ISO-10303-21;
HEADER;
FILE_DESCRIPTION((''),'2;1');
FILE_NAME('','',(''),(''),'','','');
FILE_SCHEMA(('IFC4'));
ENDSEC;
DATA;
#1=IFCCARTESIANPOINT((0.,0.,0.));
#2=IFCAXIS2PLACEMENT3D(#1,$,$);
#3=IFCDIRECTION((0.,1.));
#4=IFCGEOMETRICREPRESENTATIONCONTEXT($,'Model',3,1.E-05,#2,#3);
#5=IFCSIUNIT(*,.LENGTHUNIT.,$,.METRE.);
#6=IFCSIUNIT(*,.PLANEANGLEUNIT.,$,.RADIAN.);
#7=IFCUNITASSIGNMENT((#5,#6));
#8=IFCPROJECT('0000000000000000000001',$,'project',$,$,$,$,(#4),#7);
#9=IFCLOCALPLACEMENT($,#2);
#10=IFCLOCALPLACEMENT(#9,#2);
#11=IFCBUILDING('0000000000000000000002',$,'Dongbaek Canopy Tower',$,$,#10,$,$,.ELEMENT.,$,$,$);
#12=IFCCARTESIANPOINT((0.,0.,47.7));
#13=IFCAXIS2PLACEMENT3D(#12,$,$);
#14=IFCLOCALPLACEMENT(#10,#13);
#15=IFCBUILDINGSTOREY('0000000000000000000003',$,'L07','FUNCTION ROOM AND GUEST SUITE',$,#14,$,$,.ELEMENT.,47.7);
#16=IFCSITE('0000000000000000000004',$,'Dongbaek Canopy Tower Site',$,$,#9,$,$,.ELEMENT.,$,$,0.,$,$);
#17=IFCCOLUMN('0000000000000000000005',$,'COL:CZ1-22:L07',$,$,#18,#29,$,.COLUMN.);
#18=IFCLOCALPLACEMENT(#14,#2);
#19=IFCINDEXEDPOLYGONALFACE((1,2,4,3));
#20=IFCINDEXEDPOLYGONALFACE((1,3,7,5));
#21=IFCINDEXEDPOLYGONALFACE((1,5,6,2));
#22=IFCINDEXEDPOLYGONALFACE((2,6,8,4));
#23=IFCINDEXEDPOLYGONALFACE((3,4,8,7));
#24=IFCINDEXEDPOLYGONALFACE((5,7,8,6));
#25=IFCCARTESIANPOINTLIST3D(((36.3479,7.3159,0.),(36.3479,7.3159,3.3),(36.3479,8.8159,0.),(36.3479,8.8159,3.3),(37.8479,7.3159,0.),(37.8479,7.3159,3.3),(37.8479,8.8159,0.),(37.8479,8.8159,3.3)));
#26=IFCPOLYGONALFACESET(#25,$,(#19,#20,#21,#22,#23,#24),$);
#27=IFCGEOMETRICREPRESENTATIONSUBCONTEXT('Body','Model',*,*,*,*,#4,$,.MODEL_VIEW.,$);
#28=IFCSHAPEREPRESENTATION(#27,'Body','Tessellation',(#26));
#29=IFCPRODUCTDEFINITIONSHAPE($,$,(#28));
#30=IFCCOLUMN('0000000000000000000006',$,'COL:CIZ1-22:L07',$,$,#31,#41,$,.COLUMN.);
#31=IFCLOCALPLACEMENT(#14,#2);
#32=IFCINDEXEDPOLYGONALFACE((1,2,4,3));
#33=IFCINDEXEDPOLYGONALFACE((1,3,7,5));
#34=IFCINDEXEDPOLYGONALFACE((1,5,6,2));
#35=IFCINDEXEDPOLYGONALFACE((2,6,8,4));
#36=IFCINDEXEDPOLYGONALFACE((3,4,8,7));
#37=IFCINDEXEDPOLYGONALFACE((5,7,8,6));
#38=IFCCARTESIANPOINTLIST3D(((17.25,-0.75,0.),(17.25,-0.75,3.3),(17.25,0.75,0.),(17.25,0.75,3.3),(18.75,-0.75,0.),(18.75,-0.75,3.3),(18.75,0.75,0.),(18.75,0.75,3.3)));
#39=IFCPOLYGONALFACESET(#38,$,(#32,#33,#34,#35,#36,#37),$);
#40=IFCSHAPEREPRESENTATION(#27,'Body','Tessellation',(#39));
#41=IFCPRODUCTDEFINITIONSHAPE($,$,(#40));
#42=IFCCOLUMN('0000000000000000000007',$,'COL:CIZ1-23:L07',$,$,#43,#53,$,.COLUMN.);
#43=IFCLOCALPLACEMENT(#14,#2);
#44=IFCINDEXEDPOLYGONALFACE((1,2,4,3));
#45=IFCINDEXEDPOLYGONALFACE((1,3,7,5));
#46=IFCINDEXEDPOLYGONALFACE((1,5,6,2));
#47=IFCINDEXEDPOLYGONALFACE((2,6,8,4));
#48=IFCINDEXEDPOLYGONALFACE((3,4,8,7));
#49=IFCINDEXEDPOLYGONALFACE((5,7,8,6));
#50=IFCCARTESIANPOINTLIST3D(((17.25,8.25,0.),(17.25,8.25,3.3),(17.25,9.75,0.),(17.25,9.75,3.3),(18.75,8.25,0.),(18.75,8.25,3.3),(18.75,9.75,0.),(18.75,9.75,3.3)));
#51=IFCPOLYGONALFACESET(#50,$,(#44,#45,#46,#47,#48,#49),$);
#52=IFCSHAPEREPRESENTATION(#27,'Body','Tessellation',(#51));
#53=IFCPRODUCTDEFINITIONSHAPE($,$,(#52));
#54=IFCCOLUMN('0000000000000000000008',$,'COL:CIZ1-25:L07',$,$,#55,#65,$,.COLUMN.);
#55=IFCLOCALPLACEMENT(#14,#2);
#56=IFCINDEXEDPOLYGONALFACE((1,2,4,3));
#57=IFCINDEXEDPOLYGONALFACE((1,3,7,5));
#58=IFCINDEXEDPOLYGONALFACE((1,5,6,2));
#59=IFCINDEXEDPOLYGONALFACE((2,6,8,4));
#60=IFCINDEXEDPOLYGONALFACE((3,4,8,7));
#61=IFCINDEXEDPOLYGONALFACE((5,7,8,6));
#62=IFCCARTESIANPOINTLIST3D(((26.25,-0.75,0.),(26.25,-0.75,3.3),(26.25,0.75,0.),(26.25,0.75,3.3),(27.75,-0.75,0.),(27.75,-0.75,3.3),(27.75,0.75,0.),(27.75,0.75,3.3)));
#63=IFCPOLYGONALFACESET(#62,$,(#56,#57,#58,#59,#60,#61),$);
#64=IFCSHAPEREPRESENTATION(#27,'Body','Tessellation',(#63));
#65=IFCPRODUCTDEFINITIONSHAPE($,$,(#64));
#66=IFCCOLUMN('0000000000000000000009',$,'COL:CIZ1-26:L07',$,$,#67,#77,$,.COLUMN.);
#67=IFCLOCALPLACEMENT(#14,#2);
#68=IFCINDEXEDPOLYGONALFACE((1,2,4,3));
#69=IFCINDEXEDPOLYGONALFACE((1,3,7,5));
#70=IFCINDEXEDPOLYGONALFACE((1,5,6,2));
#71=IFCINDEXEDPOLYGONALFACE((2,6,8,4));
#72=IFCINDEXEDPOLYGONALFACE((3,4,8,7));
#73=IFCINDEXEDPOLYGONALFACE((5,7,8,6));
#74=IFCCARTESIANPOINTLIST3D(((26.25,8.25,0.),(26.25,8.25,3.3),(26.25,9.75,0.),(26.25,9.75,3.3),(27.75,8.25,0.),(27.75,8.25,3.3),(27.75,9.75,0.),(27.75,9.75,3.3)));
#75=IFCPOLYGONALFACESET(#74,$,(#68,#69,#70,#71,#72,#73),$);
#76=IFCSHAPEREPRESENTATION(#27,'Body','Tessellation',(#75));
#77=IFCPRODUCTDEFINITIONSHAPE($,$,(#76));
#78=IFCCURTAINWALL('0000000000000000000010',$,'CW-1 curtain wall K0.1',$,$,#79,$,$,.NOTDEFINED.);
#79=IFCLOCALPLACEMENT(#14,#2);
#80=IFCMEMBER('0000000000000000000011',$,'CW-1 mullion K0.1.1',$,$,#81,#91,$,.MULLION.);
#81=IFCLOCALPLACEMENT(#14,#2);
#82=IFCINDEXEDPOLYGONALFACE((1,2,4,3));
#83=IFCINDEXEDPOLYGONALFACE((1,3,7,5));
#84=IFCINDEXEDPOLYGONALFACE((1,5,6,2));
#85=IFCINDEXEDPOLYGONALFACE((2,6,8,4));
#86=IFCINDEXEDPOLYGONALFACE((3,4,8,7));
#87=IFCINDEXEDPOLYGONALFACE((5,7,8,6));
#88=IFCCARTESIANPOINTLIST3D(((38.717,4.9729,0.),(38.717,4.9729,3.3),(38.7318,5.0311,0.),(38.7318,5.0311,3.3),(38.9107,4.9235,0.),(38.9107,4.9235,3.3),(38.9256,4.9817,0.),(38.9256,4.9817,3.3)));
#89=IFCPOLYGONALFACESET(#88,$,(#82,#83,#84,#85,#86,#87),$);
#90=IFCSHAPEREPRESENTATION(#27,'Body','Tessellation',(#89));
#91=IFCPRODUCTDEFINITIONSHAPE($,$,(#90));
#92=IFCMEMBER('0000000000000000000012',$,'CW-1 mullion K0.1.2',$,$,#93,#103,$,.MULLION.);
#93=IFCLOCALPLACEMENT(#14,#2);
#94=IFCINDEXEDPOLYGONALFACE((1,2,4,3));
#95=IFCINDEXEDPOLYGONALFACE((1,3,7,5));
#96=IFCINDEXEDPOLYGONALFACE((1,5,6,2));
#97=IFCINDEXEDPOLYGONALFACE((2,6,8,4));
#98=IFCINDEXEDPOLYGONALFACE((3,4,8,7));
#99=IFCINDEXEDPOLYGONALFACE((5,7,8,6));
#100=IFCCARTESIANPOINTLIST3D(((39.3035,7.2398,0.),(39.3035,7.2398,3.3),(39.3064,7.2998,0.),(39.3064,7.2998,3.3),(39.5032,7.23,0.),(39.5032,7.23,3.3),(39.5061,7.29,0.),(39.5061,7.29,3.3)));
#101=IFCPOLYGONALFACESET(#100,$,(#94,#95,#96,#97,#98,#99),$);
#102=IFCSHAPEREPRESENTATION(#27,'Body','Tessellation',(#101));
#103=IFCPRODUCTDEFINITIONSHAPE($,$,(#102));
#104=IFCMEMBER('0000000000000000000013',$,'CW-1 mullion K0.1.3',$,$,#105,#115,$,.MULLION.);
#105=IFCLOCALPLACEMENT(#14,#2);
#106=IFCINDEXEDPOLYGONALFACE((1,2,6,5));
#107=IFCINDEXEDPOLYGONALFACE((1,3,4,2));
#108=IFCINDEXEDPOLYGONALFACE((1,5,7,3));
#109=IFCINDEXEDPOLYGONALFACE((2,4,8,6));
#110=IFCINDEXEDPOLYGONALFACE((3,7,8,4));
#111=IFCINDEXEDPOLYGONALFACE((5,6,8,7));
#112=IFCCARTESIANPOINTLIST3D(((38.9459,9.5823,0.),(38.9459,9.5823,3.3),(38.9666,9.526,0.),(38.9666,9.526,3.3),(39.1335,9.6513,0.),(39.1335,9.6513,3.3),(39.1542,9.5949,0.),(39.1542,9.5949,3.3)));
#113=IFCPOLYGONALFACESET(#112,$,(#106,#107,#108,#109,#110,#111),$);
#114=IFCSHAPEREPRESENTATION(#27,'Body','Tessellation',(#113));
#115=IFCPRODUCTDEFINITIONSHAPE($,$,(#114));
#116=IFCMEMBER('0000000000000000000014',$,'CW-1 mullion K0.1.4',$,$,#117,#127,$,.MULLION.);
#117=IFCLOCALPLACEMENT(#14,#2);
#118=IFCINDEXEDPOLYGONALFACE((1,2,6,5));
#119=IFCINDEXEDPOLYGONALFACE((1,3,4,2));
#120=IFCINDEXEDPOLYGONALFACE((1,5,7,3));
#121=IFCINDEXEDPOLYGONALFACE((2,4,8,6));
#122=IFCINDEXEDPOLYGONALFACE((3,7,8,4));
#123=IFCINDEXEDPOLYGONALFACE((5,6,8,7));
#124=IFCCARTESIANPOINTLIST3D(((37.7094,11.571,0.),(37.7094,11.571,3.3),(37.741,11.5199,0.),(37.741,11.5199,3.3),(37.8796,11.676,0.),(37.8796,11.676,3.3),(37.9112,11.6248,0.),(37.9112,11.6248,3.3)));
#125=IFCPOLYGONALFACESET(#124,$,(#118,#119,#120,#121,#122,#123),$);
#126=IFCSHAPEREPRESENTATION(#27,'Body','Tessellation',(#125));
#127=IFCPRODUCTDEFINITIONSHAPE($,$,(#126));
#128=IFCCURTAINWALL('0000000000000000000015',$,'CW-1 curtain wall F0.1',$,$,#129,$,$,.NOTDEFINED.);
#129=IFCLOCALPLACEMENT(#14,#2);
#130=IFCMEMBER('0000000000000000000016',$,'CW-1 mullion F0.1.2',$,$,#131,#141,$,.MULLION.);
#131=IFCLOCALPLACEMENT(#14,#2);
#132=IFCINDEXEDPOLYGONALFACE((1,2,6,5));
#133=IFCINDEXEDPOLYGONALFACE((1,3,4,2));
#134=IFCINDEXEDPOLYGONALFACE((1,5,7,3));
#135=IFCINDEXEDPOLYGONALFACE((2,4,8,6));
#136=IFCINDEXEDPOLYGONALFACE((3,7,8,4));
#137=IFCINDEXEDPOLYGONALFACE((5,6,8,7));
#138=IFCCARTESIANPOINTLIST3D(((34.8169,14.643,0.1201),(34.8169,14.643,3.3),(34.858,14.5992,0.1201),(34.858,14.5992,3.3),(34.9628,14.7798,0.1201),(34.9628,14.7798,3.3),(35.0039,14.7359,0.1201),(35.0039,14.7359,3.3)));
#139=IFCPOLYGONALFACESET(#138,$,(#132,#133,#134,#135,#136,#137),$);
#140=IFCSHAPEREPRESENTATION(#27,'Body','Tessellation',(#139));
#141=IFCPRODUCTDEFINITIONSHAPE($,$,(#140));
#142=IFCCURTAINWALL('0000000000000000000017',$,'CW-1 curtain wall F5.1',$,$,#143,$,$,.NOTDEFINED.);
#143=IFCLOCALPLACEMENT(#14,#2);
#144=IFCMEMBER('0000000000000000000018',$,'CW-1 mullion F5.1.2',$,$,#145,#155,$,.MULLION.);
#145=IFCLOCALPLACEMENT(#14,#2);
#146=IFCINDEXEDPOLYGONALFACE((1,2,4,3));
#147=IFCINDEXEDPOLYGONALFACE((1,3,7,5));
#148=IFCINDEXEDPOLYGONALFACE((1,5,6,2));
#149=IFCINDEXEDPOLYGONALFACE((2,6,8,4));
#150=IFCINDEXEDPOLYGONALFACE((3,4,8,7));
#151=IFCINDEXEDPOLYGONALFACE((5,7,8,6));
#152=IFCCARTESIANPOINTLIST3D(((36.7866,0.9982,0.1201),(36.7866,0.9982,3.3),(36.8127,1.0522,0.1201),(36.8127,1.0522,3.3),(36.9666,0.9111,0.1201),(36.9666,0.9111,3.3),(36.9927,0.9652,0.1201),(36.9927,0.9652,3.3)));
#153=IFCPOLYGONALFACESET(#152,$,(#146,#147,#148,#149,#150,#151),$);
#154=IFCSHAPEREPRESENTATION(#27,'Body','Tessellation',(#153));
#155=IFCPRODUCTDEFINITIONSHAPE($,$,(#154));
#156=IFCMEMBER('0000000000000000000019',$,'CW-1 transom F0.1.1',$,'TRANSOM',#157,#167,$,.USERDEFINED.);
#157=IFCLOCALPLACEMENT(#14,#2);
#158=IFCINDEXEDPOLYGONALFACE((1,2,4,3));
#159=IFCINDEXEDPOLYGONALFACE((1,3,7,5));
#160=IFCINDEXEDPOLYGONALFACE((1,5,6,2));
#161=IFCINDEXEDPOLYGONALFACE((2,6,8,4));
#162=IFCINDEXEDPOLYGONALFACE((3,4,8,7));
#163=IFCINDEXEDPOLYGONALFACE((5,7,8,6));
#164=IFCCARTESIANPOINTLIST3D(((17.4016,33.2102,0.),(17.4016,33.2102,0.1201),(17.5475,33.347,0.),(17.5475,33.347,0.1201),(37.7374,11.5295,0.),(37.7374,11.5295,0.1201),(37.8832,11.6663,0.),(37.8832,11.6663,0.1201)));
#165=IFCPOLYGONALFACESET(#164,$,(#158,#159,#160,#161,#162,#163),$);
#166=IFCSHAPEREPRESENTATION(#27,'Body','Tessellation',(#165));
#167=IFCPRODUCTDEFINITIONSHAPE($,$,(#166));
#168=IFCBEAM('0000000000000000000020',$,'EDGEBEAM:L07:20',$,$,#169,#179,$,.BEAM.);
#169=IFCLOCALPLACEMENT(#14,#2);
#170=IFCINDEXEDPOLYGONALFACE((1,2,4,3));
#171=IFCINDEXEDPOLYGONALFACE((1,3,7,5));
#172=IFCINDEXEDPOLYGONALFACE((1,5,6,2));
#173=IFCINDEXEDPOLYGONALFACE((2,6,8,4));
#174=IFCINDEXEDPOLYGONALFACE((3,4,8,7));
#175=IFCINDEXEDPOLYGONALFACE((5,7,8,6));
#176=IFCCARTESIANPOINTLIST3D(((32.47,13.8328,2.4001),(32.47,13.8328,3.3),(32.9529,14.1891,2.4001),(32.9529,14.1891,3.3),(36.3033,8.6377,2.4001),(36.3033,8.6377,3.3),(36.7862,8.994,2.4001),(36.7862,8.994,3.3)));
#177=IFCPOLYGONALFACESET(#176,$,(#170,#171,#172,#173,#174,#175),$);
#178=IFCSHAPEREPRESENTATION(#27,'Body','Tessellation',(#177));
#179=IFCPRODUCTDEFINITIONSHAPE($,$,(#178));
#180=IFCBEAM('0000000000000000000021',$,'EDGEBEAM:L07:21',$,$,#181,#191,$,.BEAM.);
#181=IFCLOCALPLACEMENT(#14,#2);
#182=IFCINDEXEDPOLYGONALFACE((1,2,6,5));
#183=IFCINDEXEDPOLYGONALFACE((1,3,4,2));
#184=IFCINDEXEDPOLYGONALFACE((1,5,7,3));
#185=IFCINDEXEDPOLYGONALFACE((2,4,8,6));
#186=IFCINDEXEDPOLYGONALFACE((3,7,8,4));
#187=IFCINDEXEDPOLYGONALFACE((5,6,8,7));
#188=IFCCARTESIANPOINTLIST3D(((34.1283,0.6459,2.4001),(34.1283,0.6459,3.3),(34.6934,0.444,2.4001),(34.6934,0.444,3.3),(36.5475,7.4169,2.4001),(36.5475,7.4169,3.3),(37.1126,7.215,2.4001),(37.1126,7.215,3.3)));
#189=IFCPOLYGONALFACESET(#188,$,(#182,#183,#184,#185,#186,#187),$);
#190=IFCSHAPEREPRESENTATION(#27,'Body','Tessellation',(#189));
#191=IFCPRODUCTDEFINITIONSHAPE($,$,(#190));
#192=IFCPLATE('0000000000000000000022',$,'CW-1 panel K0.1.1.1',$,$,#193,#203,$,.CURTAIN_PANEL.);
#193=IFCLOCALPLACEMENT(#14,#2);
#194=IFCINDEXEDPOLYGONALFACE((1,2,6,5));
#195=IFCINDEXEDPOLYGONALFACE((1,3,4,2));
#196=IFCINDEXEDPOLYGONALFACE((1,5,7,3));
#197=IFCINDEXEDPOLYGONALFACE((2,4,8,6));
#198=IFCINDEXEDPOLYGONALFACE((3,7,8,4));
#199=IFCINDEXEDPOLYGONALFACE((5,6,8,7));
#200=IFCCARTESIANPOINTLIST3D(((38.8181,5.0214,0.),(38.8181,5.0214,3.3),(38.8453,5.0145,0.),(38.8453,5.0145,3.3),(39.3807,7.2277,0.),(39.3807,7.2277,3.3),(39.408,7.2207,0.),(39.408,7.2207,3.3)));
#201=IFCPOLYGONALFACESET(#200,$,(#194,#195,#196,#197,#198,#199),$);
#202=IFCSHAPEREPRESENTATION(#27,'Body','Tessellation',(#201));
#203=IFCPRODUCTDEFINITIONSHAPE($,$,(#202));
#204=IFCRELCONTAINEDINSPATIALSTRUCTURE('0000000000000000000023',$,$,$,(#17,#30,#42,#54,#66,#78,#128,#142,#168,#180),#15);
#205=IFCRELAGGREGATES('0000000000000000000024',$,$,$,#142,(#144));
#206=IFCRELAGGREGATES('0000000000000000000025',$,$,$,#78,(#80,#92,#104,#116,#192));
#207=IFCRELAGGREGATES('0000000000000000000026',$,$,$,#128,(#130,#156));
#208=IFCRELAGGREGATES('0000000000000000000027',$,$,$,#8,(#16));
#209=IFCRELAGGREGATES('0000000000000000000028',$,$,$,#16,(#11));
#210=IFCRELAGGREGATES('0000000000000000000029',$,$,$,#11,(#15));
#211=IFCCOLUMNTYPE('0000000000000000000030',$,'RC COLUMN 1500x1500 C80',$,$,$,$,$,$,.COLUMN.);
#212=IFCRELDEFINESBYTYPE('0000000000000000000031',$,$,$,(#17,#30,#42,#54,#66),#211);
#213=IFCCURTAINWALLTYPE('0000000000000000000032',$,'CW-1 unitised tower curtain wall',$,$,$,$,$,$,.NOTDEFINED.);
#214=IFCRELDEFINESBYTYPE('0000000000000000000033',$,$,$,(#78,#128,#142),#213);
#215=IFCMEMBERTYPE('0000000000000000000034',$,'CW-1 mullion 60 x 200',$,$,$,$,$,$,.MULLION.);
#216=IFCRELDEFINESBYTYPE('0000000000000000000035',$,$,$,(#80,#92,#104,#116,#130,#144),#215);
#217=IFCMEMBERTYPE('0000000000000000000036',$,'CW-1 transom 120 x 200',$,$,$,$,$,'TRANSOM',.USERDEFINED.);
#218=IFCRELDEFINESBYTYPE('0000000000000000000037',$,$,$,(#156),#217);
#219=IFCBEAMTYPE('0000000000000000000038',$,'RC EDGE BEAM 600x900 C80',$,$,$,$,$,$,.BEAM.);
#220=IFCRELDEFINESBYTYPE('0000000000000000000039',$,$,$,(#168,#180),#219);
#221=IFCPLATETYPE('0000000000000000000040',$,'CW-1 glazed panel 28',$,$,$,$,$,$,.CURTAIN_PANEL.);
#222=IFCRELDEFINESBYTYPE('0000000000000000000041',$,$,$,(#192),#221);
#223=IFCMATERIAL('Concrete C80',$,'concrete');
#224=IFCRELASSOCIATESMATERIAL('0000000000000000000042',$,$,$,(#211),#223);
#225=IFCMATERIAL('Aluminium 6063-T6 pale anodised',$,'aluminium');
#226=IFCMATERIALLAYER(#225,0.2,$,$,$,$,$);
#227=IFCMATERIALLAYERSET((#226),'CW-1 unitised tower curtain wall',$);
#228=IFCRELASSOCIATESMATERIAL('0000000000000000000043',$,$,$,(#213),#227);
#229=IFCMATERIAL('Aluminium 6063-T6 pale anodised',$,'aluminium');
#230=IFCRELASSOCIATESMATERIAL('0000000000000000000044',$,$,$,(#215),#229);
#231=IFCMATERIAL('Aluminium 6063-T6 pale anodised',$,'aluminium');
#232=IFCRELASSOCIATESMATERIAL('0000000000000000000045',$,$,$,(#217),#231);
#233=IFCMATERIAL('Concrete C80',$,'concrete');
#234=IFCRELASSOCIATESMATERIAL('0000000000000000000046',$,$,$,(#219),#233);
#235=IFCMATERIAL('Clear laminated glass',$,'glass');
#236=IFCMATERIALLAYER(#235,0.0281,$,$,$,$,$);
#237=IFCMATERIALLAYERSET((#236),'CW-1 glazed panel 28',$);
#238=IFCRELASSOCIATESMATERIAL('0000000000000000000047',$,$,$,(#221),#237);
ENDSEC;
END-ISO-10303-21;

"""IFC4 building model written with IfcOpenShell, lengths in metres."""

from ifc_helpers import new_model, si_unit, direction, frame, origin, origin_2d, place, context, subcontext, project, spatial, rectangle, extrude, material, layer, layer_set, material_profile, profile_set, type_object, element, aggregate, save


model = new_model("IFC4")

# Units and contexts
model_context = context("Model", 3, precision=1e-05, world=origin(), true_north=direction((0.0, 1.0)))
body_context = subcontext(model_context, "Body", "Model", "MODEL_VIEW")
ifc_project = project(units=[si_unit("LENGTHUNIT", "METRE"), si_unit("PLANEANGLEUNIT", "RADIAN")], contexts=[model_context])

# Site, building, storey
site_placement = place(None, origin())
site = spatial("IfcSite", under=ifc_project, at=site_placement, Name="Dongbaek Canopy Tower Site", CompositionType="ELEMENT", RefElevation=0.0)
building_placement = place(site_placement, origin())
building = spatial("IfcBuilding", under=site, at=building_placement, Name="Dongbaek Canopy Tower", CompositionType="ELEMENT")
storey_placement = place(building_placement, frame((0.0, 0.0, 47.7)))
storey = spatial("IfcBuildingStorey", under=building, at=storey_placement, Name="L07", Description="FUNCTION ROOM AND GUEST SUITE", CompositionType="ELEMENT", Elevation=47.7)

# Columns
ifc_material_1 = material(Name="Concrete C80", Category="concrete")
ifc_material_profile_1 = material_profile(ifc_material_1, rectangle(XDim=1.5, YDim=1.5, at=origin_2d()), Name="RC COLUMN 1500x1500 C80")
ifc_profile_set_1 = profile_set([ifc_material_profile_1], Name="Concrete C80")
column_type = type_object("IfcColumnType", Name="RC COLUMN 1500x1500 C80", PredefinedType="COLUMN", material=ifc_profile_set_1)
for number, where, z_axis, x_axis, name in (
    (1, (37.0979, 8.0659, 0.0), (0.0, 0.0, 1.0), (1.0, 0.0, 0.0), "COL:CZ1-22:L07"),
    (2, (18.0, 0.0, 0.0), (0.0, 0.0, 1.0), (1.0, 0.0, 0.0), "COL:CIZ1-22:L07"),
    (3, (18.0, 9.0, 0.0), (0.0, 0.0, 1.0), (1.0, 0.0, 0.0), "COL:CIZ1-23:L07"),
    (4, (27.0, 0.0, 0.0), (0.0, 0.0, 1.0), (1.0, 0.0, 0.0), "COL:CIZ1-25:L07"),
    (5, (27.0, 9.0, 0.0), (0.0, 0.0, 1.0), (1.0, 0.0, 0.0), "COL:CIZ1-26:L07"),
):
    element("IfcColumn", number, at=place(storey_placement, frame(where, z_axis=z_axis, x_axis=x_axis)), inside=storey, type_object=column_type, Name=name, PredefinedType="COLUMN", context=body_context, shape_type="SweptSolid", body=[
        extrude(rectangle(XDim=1.5, YDim=1.5, at=origin_2d()), origin(), (0.0, 0.0, 1.0), 3.3),
    ])

# Curtain wall, members
ifc_material_2 = material(Name="Aluminium 6063-T6 pale anodised", Category="aluminium")
ifc_layer_1 = layer(ifc_material_2, 0.2)
ifc_layer_set_1 = layer_set([ifc_layer_1], Name="CW-1 unitised tower curtain wall")
curtain_wall_type = type_object("IfcCurtainWallType", Name="CW-1 unitised tower curtain wall", PredefinedType="NOTDEFINED", material=ifc_layer_set_1)
curtain_wall_1_placement = place(storey_placement, origin())
curtain_wall_1 = element("IfcCurtainWall", 6, at=curtain_wall_1_placement, inside=storey, type_object=curtain_wall_type, Name="CW-1 curtain wall K0.1", PredefinedType="NOTDEFINED")
ifc_material_3 = material(Name="Aluminium 6063-T6 pale anodised", Category="aluminium")
ifc_material_profile_2 = material_profile(ifc_material_3, rectangle(XDim=0.2, YDim=0.0601, at=origin_2d()), Name="CW-1 mullion 60 x 200")
ifc_profile_set_2 = profile_set([ifc_material_profile_2], Name="Aluminium 6063-T6 pale anodised")
member_type_1 = type_object("IfcMemberType", Name="CW-1 mullion 60 x 200", PredefinedType="MULLION", material=ifc_profile_set_2)
member_1_placement = place(storey_placement, frame((38.8213, 4.9773, 0.0), z_axis=(0.0, 0.0, 1.0), x_axis=(0.968988, -0.247106, 0.0)))
member_1 = element("IfcMember", 7, at=member_1_placement, type_object=member_type_1, Name="CW-1 mullion K0.1.1", PredefinedType="MULLION", context=body_context, shape_type="SweptSolid", body=[
    extrude(rectangle(XDim=0.2, YDim=0.0601, at=origin_2d()), origin(), (0.0, 0.0, 1.0), 3.3),
])
member_2_placement = place(storey_placement, frame((39.4048, 7.2649, 0.0), z_axis=(0.0, 0.0, 1.0), x_axis=(0.998796, -0.049055, 0.0)))
member_2 = element("IfcMember", 8, at=member_2_placement, type_object=member_type_1, Name="CW-1 mullion K0.1.2", PredefinedType="MULLION", context=body_context, shape_type="SweptSolid", body=[
    extrude(rectangle(XDim=0.2, YDim=0.0601, at=origin_2d()), origin(), (0.0, 0.0, 1.0), 3.3),
])
member_3_placement = place(storey_placement, frame((39.05, 9.5886, 0.0), z_axis=(0.0, 0.0, 1.0), x_axis=(0.938629, 0.344927, 0.0)))
member_3 = element("IfcMember", 9, at=member_3_placement, type_object=member_type_1, Name="CW-1 mullion K0.1.3", PredefinedType="MULLION", context=body_context, shape_type="SweptSolid", body=[
    extrude(rectangle(XDim=0.2, YDim=0.0601, at=origin_2d()), origin(), (0.0, 0.0, 1.0), 3.3),
])
member_4_placement = place(storey_placement, frame((37.8103, 11.5979, 0.0), z_axis=(0.0, 0.0, 1.0), x_axis=(0.851069, 0.525054, 0.0)))
member_4 = element("IfcMember", 10, at=member_4_placement, type_object=member_type_1, Name="CW-1 mullion K0.1.4", PredefinedType="MULLION", context=body_context, shape_type="SweptSolid", body=[
    extrude(rectangle(XDim=0.2, YDim=0.0601, at=origin_2d()), origin(), (0.0, 0.0, 1.0), 3.3),
])

# Curtain walls, members
curtain_wall_2_placement = place(storey_placement, origin())
curtain_wall_2 = element("IfcCurtainWall", 11, at=curtain_wall_2_placement, inside=storey, type_object=curtain_wall_type, Name="CW-1 curtain wall F0.1", PredefinedType="NOTDEFINED")
member_5_placement = place(storey_placement, frame((34.9104, 14.6895, 0.1201), z_axis=(0.0, 0.0, 1.0), x_axis=(0.729369, 0.68412, 0.0)))
member_5 = element("IfcMember", 12, at=member_5_placement, type_object=member_type_1, Name="CW-1 mullion F0.1.2", PredefinedType="MULLION", context=body_context, shape_type="SweptSolid", body=[
    extrude(rectangle(XDim=0.2, YDim=0.0601, at=origin_2d()), origin(), (0.0, 0.0, 1.0), 3.1799),
])
curtain_wall_3_placement = place(storey_placement, origin())
curtain_wall_3 = element("IfcCurtainWall", 13, at=curtain_wall_3_placement, inside=storey, type_object=curtain_wall_type, Name="CW-1 curtain wall F5.1", PredefinedType="NOTDEFINED")
member_6_placement = place(storey_placement, frame((36.8896, 0.9817, 0.1201), z_axis=(0.0, 0.0, 1.0), x_axis=(0.900312, -0.435245, 0.0)))
member_6 = element("IfcMember", 14, at=member_6_placement, type_object=member_type_1, Name="CW-1 mullion F5.1.2", PredefinedType="MULLION", context=body_context, shape_type="SweptSolid", body=[
    extrude(rectangle(XDim=0.2, YDim=0.0601, at=origin_2d()), origin(), (0.0, 0.0, 1.0), 3.1799),
])

# Member
ifc_material_4 = material(Name="Aluminium 6063-T6 pale anodised", Category="aluminium")
ifc_material_profile_3 = material_profile(ifc_material_4, rectangle(XDim=0.2, YDim=0.1201, at=origin_2d()), Name="CW-1 transom 120 x 200")
ifc_profile_set_3 = profile_set([ifc_material_profile_3], Name="Aluminium 6063-T6 pale anodised")
member_type_2 = type_object("IfcMemberType", Name="CW-1 transom 120 x 200", ElementType="TRANSOM", PredefinedType="USERDEFINED", material=ifc_profile_set_3)
member_7_placement = place(storey_placement, frame((37.8103, 11.5979, 0.0601), z_axis=(-0.684121, 0.729368, 0.0), x_axis=(-0.729368, -0.684121, 0.0)))
member_7 = element("IfcMember", 15, at=member_7_placement, type_object=member_type_2, Name="CW-1 transom F0.1.1", ObjectType="TRANSOM", PredefinedType="USERDEFINED", context=body_context, shape_type="SweptSolid", body=[
    extrude(rectangle(XDim=0.2, YDim=0.1201, at=origin_2d()), origin(), (0.0, 0.0, 1.0), 29.7253),
])

# Beams
ifc_material_5 = material(Name="Concrete C80", Category="concrete")
ifc_material_profile_4 = material_profile(ifc_material_5, rectangle(XDim=0.6001, YDim=0.8999, at=origin_2d()), Name="RC EDGE BEAM 600x900 C80")
ifc_profile_set_4 = profile_set([ifc_material_profile_4], Name="Concrete C80")
beam_type = type_object("IfcBeamType", Name="RC EDGE BEAM 600x900 C80", PredefinedType="BEAM", material=ifc_profile_set_4)
beam_1_placement = place(storey_placement, frame((32.7114, 14.011, 2.8501), z_axis=(0.593732, -0.804663, 0.0), x_axis=(0.804663, 0.593732, 0.0)))
element("IfcBeam", 16, at=beam_1_placement, inside=storey, type_object=beam_type, Name="EDGEBEAM:L07:20", PredefinedType="BEAM", context=body_context, shape_type="SweptSolid", body=[
    extrude(rectangle(XDim=0.6001, YDim=0.8999, at=origin_2d()), origin(), (0.0, 0.0, 1.0), 6.4563),
])
beam_2_placement = place(storey_placement, frame((36.8301, 7.3159, 2.8501), z_axis=(-0.336457, -0.941699, 0.0), x_axis=(0.941699, -0.336457, 0.0)))
element("IfcBeam", 17, at=beam_2_placement, inside=storey, type_object=beam_type, Name="EDGEBEAM:L07:21", PredefinedType="BEAM", context=body_context, shape_type="SweptSolid", body=[
    extrude(rectangle(XDim=0.6001, YDim=0.8999, at=origin_2d()), origin(), (0.0, 0.0, 1.0), 7.1902),
])

# Plate
ifc_material_6 = material(Name="Clear laminated glass", Category="glass")
ifc_layer_2 = layer(ifc_material_6, 0.0281)
ifc_layer_set_2 = layer_set([ifc_layer_2], Name="CW-1 glazed panel 28")
plate_type = type_object("IfcPlateType", Name="CW-1 glazed panel 28", PredefinedType="CURTAIN_PANEL", material=ifc_layer_set_2)
plate_1_placement = place(storey_placement, frame((39.113, 6.1211, 0.0), z_axis=(0.0, 0.0, 1.0), x_axis=(0.247106, 0.968988, 0.0)))
plate_1 = element("IfcPlate", 18, at=plate_1_placement, type_object=plate_type, Name="CW-1 panel K0.1.1.1", PredefinedType="CURTAIN_PANEL", context=body_context, shape_type="SweptSolid", body=[
    extrude(rectangle(XDim=2.2769, YDim=0.0281, at=origin_2d()), origin(), (0.0, 0.0, 1.0), 3.3),
])

aggregate(curtain_wall_3, [member_6])
aggregate(curtain_wall_1, [member_1, member_2, member_3, member_4, plate_1])
aggregate(curtain_wall_2, [member_5, member_7])

save(model, "model.ifc")
